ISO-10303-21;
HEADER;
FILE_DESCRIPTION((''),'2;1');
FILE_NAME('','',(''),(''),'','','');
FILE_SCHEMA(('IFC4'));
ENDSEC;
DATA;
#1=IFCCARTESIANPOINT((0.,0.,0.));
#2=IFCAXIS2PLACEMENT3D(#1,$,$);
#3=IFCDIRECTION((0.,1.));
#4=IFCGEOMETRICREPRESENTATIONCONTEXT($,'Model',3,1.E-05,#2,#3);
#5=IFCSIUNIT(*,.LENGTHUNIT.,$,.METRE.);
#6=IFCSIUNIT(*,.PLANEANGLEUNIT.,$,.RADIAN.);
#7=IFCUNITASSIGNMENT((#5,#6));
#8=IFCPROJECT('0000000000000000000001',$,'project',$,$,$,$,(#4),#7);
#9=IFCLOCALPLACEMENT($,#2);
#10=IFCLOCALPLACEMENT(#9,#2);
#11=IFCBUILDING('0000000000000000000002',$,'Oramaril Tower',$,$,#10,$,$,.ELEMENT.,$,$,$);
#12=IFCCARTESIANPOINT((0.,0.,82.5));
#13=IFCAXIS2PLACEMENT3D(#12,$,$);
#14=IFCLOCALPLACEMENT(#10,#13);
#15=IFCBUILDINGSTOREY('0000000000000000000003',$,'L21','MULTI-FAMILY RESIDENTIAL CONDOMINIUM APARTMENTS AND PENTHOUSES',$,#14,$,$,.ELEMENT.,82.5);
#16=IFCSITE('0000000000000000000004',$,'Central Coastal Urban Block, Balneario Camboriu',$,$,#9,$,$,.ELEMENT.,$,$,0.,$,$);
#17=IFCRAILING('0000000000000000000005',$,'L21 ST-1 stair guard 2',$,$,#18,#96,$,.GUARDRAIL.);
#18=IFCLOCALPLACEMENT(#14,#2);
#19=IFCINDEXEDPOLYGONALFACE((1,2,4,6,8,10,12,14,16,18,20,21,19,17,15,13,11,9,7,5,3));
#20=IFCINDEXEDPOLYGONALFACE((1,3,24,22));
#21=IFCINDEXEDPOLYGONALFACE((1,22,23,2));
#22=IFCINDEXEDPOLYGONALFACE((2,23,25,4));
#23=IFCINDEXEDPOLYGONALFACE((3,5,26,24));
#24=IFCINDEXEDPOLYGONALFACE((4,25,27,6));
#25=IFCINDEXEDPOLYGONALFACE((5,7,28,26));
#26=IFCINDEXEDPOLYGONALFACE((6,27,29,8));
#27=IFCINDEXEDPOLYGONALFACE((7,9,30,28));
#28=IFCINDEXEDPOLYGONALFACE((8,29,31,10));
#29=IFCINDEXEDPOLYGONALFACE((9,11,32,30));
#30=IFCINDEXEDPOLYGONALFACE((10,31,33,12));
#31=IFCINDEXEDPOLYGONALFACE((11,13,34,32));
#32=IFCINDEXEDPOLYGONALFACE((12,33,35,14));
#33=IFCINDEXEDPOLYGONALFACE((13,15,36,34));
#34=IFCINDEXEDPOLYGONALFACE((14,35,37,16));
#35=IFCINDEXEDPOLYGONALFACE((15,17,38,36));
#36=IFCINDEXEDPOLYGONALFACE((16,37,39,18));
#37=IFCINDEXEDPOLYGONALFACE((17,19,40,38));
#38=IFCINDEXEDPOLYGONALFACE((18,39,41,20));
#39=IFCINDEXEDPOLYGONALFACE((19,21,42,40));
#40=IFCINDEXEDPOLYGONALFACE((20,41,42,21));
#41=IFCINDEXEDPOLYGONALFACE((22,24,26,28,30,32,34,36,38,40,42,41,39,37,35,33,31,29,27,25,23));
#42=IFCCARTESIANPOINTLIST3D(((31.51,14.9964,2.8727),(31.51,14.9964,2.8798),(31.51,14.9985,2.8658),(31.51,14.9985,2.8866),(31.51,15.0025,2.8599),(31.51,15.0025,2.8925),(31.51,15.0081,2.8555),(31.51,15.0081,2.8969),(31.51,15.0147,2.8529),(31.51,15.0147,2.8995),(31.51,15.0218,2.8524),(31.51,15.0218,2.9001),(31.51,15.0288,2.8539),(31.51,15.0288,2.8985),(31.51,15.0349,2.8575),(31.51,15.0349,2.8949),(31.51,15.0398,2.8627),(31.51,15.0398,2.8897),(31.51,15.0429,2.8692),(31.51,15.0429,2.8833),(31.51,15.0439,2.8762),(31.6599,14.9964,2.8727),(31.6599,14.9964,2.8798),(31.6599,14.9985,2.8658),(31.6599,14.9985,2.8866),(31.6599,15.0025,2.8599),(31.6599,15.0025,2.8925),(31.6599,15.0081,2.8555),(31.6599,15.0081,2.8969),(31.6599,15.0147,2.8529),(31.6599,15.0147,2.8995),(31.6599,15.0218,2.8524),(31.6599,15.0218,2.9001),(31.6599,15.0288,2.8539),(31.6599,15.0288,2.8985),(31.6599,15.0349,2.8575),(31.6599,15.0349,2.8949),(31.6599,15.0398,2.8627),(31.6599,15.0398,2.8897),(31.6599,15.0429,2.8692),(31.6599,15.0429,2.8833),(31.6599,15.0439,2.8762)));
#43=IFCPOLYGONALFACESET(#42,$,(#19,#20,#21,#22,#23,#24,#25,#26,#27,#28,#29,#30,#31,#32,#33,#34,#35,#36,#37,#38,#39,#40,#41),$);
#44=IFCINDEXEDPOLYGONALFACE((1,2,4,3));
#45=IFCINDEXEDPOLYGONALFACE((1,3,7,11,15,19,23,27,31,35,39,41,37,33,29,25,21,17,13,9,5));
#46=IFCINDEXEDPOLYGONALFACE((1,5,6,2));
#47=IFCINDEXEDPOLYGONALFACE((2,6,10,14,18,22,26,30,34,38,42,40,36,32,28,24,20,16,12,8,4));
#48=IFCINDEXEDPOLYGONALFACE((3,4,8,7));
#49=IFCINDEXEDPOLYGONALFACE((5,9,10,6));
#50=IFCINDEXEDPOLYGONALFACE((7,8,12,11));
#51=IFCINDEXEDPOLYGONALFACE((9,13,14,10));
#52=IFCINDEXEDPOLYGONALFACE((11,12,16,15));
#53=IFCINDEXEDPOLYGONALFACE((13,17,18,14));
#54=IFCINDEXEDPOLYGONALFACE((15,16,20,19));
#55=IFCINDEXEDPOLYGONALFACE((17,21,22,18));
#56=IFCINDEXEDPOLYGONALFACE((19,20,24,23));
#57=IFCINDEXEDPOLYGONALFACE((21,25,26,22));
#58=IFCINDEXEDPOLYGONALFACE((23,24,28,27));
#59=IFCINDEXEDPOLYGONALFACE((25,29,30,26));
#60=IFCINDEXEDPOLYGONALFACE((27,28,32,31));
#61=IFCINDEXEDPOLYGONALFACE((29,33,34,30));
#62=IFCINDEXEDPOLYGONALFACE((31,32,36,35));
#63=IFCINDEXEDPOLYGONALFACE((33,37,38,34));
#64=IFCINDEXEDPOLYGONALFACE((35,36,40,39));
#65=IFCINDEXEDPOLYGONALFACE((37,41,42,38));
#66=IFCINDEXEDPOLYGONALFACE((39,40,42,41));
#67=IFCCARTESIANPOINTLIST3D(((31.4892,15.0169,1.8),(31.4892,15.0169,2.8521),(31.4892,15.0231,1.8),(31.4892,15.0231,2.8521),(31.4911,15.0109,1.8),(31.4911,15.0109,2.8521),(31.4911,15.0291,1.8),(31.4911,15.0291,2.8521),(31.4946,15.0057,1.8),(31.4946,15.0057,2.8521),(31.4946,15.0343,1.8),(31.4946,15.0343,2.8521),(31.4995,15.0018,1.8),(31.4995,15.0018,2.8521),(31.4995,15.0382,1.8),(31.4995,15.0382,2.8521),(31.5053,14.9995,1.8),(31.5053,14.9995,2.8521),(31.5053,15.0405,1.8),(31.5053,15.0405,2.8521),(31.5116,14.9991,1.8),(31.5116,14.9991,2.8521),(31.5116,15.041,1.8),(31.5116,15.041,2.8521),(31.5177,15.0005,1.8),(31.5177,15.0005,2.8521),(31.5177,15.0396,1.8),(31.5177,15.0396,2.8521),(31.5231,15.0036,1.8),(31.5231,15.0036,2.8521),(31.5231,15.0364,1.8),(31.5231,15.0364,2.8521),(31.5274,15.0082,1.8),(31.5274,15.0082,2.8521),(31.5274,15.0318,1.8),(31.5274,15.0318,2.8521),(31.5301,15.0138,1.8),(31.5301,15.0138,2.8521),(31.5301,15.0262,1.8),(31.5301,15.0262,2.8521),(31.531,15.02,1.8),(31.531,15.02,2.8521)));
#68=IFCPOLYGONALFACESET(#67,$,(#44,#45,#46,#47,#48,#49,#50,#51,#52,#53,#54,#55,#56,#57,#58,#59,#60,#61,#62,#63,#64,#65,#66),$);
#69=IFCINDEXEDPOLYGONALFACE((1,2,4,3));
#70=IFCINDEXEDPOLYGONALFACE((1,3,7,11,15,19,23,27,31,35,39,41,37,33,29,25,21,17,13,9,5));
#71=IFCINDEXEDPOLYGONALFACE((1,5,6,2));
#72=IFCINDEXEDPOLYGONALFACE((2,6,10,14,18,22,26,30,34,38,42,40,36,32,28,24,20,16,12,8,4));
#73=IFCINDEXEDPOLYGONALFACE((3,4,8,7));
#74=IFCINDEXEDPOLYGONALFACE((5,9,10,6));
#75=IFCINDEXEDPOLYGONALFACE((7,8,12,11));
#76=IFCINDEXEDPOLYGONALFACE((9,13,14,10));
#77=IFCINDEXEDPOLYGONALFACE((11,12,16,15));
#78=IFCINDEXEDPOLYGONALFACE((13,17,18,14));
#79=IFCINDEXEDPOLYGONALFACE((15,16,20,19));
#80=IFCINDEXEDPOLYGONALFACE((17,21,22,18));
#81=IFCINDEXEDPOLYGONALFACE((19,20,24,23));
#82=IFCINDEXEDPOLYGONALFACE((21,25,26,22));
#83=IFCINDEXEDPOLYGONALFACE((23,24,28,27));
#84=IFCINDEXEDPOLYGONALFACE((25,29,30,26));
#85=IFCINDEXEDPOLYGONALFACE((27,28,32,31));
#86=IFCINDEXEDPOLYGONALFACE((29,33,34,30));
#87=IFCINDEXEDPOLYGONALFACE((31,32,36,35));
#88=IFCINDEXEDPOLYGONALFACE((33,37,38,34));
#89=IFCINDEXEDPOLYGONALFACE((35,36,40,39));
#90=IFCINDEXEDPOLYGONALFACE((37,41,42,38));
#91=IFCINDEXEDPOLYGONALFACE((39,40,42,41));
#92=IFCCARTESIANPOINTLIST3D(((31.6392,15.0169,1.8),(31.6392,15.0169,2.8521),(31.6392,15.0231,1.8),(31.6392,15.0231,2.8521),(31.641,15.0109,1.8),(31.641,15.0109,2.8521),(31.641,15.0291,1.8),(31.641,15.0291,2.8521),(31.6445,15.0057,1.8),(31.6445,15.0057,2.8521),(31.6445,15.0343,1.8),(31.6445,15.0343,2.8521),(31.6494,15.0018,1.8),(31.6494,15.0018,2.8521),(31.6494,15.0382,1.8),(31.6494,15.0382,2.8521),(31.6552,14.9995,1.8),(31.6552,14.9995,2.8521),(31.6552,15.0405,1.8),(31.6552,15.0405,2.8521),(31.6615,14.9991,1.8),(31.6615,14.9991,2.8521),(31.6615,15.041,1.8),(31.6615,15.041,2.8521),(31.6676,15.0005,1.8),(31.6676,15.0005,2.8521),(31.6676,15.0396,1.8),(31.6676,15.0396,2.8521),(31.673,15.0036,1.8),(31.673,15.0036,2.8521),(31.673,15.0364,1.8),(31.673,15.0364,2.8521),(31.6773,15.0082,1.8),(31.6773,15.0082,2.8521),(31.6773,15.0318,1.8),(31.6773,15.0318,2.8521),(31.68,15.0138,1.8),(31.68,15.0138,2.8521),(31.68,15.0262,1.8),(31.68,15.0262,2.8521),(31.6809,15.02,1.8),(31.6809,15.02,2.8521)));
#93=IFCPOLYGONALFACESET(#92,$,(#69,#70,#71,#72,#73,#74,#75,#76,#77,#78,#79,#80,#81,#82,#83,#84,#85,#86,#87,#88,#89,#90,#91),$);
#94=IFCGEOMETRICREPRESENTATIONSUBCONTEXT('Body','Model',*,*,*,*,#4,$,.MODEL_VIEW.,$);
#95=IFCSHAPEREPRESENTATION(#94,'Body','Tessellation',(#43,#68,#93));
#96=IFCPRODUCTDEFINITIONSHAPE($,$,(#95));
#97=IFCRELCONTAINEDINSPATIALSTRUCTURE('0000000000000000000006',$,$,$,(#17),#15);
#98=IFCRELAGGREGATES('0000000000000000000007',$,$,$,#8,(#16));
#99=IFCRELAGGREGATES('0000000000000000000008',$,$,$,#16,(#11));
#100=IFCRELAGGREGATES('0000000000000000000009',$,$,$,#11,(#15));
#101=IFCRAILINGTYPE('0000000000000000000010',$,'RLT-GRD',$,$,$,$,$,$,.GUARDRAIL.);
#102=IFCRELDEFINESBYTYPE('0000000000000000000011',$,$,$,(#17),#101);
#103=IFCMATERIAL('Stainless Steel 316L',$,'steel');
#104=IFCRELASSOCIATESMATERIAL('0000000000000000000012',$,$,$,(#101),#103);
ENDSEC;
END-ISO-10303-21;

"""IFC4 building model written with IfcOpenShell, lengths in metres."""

from ifc_helpers import new_model, si_unit, direction, frame, origin, origin_2d, place, context, subcontext, project, spatial, circle, extrude, material, type_object, element, save


model = new_model("IFC4")

# Units and contexts
model_context = context("Model", 3, precision=1e-05, world=origin(), true_north=direction((0.0, 1.0)))
body_context = subcontext(model_context, "Body", "Model", "MODEL_VIEW")
ifc_project = project(units=[si_unit("LENGTHUNIT", "METRE"), si_unit("PLANEANGLEUNIT", "RADIAN")], contexts=[model_context])

# Site, building, storey
site_placement = place(None, origin())
site = spatial("IfcSite", under=ifc_project, at=site_placement, Name="Central Coastal Urban Block, Balneario Camboriu", CompositionType="ELEMENT", RefElevation=0.0)
building_placement = place(site_placement, origin())
building = spatial("IfcBuilding", under=site, at=building_placement, Name="Oramaril Tower", CompositionType="ELEMENT")
storey_placement = place(building_placement, frame((0.0, 0.0, 82.5)))
storey = spatial("IfcBuildingStorey", under=building, at=storey_placement, Name="L21", Description="MULTI-FAMILY RESIDENTIAL CONDOMINIUM APARTMENTS AND PENTHOUSES", CompositionType="ELEMENT", Elevation=82.5)

# Railing
ifc_material_1 = material(Name="Stainless Steel 316L", Category="steel")
railing_type_1 = type_object("IfcRailingType", Name="RLT-GRD", PredefinedType="GUARDRAIL", material=ifc_material_1)
railing_1_placement = place(storey_placement, frame((31.51, 15.02, 1.8)))
element("IfcRailing", 1, at=railing_1_placement, inside=storey, type_object=railing_type_1, Name="L21 ST-1 stair guard 2", PredefinedType="GUARDRAIL", context=body_context, shape_type="SweptSolid", body=[
    extrude(circle(Radius=0.0239, at=origin_2d()), frame((0.0, 0.0, 1.0762), z_axis=(1.0, 0.0, 0.0), x_axis=(0.0, 1.0, 0.0)), (0.0, 0.0, 1.0), 0.1499),
    extrude(circle(Radius=0.021, at=origin_2d()), origin(), (0.0, 0.0, 1.0), 1.052),
    extrude(circle(Radius=0.021, at=origin_2d()), frame((0.1499, 0.0, 0.0)), (0.0, 0.0, 1.0), 1.052),
])

save(model, "model.ifc")
